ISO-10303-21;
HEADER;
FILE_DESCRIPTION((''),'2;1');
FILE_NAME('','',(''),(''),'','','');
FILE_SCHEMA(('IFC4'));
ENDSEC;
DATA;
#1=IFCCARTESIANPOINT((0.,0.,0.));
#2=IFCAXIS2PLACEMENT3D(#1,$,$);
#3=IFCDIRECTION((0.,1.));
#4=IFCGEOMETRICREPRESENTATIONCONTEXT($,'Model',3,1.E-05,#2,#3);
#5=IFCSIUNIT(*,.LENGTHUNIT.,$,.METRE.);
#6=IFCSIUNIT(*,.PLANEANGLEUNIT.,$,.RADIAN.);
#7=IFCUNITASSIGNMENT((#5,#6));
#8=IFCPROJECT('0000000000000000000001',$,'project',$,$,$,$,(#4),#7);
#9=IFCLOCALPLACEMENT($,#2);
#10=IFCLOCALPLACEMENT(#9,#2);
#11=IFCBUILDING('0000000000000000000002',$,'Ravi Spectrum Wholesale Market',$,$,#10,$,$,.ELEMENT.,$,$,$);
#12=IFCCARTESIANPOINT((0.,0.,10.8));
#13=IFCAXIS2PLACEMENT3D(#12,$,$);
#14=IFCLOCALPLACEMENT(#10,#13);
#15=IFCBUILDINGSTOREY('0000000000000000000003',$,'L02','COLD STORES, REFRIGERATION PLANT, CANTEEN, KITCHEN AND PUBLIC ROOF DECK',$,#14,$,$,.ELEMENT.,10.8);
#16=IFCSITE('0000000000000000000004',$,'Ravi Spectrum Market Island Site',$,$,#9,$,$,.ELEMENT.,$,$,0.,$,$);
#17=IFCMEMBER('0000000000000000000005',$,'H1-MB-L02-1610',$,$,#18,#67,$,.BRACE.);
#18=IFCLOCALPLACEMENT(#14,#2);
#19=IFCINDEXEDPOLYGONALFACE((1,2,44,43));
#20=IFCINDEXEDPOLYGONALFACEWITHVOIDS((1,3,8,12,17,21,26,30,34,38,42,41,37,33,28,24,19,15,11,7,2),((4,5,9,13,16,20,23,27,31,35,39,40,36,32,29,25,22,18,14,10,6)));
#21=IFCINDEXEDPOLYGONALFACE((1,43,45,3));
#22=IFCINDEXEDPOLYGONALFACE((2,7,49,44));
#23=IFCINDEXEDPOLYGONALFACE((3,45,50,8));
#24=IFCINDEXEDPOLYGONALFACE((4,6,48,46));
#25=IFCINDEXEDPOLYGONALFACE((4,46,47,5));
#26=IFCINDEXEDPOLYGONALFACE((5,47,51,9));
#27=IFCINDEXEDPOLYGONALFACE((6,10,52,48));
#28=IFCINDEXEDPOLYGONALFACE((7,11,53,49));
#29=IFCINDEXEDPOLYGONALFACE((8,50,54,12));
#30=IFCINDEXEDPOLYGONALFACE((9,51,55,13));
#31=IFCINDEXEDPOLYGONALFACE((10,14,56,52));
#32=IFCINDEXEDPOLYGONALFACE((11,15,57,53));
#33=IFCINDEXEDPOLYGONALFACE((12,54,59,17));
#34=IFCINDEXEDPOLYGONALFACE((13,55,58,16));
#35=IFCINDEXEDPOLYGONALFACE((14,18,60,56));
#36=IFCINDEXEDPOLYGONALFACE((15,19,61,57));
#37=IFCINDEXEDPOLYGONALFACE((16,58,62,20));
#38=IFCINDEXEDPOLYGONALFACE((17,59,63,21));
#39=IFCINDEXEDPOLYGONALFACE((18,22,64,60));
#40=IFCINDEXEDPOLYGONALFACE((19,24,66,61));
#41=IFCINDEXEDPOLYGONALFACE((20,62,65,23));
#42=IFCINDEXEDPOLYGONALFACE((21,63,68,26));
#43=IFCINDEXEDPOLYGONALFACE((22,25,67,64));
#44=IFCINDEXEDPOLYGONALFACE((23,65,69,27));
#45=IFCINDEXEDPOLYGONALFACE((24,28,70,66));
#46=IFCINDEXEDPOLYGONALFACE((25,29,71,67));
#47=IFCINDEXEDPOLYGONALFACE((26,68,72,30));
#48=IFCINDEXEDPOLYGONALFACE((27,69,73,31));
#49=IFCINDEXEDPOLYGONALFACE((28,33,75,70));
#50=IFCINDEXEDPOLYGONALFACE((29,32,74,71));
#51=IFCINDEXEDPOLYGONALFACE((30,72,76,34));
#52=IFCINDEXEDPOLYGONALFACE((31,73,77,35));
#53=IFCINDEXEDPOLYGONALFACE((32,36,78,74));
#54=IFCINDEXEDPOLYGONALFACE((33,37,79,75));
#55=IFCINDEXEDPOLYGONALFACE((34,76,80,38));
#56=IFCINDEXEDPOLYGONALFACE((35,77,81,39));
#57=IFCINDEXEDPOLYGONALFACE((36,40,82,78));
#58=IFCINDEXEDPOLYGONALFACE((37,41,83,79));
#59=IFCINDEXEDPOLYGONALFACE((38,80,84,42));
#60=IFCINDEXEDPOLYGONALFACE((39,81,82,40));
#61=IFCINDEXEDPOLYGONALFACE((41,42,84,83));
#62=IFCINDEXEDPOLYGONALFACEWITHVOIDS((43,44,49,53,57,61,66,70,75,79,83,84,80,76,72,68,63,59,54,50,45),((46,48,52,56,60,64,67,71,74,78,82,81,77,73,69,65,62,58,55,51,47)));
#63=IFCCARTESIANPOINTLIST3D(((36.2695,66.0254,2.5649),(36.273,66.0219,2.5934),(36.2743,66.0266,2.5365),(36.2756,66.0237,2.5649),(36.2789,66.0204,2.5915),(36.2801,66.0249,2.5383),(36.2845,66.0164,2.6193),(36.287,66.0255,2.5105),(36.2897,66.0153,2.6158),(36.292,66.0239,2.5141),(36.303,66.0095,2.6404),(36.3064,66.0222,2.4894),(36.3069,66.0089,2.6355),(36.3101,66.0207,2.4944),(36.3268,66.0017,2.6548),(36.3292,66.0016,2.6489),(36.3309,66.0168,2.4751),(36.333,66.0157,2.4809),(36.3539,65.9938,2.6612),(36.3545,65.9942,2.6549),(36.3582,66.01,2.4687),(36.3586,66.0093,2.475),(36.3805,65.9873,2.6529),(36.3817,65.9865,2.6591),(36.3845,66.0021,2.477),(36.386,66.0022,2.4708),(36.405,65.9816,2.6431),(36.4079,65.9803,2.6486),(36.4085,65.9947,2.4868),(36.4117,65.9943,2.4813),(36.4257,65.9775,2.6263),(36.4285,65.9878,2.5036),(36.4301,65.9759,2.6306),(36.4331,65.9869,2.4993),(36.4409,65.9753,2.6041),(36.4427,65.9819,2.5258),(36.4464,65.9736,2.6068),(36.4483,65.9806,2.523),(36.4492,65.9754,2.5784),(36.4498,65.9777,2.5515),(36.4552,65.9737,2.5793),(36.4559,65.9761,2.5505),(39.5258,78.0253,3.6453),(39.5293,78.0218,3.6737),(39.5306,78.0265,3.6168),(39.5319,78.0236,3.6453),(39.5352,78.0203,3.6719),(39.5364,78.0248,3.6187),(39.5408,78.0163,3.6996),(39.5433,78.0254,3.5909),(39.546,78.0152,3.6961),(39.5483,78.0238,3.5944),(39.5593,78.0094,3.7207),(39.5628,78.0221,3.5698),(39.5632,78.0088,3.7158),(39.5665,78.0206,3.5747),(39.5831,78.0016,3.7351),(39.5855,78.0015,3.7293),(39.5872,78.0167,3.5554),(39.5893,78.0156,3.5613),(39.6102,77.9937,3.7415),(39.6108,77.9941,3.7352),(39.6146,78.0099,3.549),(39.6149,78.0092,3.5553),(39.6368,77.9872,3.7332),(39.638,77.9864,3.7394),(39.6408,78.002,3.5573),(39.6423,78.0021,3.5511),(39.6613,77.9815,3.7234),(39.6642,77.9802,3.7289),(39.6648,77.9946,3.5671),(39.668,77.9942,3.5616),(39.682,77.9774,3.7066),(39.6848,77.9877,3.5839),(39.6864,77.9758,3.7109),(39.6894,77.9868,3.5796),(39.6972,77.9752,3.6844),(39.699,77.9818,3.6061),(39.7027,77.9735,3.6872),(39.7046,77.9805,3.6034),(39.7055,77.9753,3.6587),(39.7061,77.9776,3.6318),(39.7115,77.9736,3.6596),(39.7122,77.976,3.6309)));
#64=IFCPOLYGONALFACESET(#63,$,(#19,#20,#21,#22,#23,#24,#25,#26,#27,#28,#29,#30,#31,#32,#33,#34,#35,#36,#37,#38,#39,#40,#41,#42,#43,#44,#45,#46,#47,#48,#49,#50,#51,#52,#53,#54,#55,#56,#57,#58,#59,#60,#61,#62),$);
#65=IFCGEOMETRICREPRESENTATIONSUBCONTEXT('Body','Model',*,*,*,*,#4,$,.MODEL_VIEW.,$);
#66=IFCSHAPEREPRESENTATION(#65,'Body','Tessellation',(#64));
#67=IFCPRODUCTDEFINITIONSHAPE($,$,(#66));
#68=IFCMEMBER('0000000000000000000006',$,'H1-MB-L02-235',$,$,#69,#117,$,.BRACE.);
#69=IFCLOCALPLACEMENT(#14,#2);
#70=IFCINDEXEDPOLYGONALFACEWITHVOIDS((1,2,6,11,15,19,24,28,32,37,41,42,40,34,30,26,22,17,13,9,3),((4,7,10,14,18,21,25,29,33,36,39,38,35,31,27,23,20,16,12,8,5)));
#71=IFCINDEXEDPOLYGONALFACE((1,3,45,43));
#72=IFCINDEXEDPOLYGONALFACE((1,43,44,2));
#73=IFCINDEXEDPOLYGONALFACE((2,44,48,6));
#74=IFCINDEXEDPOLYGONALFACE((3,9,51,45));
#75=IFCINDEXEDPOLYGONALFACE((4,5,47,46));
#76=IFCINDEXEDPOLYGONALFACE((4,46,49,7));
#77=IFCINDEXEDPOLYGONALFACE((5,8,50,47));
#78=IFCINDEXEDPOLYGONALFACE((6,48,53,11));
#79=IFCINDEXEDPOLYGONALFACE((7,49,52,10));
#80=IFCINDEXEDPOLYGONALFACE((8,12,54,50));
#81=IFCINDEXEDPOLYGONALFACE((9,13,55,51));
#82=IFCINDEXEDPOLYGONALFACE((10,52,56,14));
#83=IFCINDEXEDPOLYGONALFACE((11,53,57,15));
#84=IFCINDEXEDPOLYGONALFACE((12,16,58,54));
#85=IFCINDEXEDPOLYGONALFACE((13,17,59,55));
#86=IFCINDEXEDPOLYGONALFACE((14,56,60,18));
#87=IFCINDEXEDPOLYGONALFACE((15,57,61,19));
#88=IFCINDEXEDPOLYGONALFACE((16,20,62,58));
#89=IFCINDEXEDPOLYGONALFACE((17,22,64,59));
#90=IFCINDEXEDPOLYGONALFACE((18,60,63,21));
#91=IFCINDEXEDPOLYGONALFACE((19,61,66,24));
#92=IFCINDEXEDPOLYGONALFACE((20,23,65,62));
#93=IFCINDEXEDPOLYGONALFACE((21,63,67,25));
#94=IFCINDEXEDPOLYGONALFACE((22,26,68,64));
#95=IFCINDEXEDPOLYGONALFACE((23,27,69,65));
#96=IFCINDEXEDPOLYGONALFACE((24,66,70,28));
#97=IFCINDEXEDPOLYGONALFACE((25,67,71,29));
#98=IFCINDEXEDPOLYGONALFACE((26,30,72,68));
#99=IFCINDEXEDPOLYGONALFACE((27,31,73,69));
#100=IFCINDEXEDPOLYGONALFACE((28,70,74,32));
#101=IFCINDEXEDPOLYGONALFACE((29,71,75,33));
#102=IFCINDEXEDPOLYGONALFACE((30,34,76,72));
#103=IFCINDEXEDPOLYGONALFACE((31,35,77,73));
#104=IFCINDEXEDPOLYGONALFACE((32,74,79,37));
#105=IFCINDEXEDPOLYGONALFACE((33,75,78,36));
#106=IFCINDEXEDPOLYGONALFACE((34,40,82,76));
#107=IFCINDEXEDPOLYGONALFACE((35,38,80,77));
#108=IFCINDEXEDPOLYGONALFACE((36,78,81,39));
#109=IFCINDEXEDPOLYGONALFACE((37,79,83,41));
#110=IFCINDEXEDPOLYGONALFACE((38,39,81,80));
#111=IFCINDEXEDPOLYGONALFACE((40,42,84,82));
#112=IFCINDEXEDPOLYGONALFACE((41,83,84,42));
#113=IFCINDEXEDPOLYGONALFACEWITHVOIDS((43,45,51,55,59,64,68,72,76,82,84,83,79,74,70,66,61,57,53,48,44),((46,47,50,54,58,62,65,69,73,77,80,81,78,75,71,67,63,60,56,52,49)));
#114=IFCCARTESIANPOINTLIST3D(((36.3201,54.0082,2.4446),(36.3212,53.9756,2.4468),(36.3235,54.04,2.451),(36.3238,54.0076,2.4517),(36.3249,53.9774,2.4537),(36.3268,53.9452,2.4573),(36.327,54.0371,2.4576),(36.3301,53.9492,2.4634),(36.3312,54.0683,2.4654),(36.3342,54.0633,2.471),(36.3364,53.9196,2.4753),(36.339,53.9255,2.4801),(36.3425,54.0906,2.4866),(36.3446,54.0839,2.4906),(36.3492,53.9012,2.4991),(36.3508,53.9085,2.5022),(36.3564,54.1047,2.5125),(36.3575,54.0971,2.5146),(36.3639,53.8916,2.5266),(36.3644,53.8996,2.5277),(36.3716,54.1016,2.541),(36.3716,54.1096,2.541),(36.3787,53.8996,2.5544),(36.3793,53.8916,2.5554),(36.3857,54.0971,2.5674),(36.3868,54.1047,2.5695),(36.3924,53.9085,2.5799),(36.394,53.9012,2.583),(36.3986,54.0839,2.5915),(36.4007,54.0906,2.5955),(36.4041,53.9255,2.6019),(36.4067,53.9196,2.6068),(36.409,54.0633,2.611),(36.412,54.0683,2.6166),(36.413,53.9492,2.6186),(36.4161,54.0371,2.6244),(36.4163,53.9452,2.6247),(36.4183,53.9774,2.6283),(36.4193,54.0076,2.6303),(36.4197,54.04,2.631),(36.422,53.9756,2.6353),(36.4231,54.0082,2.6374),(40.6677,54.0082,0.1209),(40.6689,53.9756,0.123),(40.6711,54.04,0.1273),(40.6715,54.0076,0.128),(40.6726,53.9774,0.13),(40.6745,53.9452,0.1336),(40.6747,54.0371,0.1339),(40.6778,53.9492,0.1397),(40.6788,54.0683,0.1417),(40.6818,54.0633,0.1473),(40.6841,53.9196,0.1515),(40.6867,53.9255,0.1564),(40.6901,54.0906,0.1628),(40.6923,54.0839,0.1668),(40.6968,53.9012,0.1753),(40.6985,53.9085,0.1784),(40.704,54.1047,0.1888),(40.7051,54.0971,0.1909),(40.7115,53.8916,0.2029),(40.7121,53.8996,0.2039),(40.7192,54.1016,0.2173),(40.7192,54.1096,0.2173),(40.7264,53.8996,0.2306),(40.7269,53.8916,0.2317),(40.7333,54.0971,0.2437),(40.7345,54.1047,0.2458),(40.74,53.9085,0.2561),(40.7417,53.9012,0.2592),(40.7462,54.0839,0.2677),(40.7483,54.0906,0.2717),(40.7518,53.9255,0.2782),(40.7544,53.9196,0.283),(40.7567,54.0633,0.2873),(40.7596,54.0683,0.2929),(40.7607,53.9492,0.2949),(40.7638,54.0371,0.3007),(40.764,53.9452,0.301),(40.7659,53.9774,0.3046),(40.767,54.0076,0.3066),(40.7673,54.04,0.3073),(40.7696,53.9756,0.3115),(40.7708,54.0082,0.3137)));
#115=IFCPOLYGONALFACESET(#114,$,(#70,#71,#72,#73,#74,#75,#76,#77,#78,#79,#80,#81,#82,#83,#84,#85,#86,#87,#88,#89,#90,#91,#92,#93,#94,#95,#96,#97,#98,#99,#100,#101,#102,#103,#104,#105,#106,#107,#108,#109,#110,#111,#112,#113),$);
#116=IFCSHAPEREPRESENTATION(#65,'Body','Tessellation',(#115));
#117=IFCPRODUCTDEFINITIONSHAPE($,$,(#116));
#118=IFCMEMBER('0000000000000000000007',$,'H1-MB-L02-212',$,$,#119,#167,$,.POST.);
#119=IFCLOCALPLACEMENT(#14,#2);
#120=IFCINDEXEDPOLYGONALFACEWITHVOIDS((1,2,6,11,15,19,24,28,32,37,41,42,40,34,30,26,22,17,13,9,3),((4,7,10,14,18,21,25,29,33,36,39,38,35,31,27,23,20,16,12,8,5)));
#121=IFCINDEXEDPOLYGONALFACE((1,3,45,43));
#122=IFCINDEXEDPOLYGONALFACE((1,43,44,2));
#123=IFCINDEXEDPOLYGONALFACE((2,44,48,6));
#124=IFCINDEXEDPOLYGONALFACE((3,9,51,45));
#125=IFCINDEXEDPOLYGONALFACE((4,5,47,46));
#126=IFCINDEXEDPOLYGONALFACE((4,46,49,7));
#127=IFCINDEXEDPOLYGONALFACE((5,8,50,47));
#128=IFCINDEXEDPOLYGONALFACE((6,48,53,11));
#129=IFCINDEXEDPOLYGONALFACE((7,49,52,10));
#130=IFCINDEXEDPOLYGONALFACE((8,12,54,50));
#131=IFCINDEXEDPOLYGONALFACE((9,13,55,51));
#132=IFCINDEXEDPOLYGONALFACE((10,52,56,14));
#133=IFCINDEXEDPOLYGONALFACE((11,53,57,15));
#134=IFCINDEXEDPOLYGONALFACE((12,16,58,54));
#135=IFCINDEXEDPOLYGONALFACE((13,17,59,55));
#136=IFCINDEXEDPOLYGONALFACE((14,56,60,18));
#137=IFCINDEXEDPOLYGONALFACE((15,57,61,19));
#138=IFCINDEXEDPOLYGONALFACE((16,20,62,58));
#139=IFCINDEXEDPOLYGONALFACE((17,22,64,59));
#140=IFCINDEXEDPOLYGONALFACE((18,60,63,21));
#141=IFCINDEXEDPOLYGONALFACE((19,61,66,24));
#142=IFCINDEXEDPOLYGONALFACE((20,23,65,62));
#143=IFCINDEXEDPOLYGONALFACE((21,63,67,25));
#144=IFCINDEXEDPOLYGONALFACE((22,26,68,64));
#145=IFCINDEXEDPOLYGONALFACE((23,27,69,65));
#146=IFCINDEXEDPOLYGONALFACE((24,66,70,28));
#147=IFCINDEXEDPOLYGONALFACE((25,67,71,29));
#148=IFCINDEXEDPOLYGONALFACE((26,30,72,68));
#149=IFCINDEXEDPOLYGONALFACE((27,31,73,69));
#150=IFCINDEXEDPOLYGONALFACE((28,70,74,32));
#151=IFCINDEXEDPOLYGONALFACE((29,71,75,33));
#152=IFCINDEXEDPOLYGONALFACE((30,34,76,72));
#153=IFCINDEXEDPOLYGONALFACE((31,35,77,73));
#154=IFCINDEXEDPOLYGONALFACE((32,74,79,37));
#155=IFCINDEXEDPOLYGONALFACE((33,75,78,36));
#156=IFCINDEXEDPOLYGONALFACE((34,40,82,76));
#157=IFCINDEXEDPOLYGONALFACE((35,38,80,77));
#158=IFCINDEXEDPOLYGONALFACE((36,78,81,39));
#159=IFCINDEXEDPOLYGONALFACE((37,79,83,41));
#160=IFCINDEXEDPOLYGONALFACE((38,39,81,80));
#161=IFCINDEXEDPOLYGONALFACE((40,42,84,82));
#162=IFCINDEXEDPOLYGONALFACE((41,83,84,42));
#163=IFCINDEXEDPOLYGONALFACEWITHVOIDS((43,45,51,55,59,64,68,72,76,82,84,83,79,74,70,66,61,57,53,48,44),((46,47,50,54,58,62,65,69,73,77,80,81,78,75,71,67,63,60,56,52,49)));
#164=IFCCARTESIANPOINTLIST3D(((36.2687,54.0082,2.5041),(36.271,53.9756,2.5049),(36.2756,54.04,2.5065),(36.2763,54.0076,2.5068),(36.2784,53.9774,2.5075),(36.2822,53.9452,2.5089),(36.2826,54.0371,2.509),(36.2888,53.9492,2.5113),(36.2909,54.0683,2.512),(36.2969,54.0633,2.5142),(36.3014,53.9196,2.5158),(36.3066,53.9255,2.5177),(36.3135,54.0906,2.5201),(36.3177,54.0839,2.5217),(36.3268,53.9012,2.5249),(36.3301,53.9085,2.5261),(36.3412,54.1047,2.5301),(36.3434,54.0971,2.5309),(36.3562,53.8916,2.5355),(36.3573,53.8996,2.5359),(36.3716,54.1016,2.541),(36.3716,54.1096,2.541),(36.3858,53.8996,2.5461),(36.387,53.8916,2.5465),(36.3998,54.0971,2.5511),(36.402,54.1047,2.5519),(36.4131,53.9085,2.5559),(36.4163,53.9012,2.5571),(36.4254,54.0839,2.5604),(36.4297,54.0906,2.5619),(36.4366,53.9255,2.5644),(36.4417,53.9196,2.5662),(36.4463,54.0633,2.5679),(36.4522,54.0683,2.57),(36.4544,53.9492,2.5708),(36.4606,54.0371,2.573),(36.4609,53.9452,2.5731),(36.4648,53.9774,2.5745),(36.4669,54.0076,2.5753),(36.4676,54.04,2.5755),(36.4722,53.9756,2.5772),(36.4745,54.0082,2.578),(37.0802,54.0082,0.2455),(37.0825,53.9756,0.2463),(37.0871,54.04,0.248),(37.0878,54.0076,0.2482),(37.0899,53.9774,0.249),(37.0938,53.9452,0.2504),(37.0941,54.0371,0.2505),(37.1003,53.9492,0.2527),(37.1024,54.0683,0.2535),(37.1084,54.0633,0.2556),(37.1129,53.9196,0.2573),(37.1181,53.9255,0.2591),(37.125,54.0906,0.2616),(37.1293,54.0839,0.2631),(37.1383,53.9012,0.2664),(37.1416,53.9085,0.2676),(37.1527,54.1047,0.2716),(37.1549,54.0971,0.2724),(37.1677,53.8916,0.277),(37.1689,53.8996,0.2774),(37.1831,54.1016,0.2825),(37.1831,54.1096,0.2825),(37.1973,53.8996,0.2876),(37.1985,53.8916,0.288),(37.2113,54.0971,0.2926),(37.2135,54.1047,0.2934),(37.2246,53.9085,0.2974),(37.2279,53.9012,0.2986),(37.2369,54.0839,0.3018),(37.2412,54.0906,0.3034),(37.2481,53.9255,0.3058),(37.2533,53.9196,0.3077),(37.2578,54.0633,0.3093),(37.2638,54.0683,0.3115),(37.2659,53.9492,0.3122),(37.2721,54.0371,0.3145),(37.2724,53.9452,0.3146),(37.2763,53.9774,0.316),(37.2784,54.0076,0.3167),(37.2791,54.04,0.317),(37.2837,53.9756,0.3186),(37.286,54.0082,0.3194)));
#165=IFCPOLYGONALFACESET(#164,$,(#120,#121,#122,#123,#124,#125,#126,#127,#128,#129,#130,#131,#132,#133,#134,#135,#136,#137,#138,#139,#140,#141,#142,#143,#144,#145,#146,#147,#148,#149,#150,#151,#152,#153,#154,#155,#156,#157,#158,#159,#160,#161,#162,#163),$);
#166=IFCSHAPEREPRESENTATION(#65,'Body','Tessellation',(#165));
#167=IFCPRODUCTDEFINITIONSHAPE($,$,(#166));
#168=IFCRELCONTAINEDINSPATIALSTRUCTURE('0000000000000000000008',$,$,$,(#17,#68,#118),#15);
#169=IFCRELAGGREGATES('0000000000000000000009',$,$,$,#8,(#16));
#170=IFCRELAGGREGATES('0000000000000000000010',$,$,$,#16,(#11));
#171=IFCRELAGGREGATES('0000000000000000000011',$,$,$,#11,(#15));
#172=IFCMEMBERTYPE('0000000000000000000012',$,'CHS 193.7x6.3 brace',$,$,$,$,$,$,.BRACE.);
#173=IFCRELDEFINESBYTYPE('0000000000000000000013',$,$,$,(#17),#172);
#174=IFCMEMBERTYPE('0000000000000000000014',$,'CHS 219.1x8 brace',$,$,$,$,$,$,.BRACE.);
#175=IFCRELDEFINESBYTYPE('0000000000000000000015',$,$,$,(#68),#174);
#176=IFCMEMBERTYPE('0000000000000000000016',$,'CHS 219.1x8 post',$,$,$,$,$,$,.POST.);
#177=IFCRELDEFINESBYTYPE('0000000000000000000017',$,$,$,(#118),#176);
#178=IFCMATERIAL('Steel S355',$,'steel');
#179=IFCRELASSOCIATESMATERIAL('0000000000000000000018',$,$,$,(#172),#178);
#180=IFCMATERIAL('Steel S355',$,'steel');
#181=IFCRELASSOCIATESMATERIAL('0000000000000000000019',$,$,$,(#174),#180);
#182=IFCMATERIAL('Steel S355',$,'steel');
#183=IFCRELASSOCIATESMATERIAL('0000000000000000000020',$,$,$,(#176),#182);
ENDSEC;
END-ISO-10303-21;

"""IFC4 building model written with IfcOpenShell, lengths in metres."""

from ifc_helpers import new_model, si_unit, direction, frame, origin, origin_2d, place, context, subcontext, project, spatial, hollow_circle, extrude, material, material_profile, profile_set, type_object, element, save


model = new_model("IFC4")

# Units and contexts
model_context = context("Model", 3, precision=1e-05, world=origin(), true_north=direction((0.0, 1.0)))
body_context = subcontext(model_context, "Body", "Model", "MODEL_VIEW")
ifc_project = project(units=[si_unit("LENGTHUNIT", "METRE"), si_unit("PLANEANGLEUNIT", "RADIAN")], contexts=[model_context])

# Site, building, storey
site_placement = place(None, origin())
site = spatial("IfcSite", under=ifc_project, at=site_placement, Name="Ravi Spectrum Market Island Site", CompositionType="ELEMENT", RefElevation=0.0)
building_placement = place(site_placement, origin())
building = spatial("IfcBuilding", under=site, at=building_placement, Name="Ravi Spectrum Wholesale Market", CompositionType="ELEMENT")
storey_placement = place(building_placement, frame((0.0, 0.0, 10.8)))
storey = spatial("IfcBuildingStorey", under=building, at=storey_placement, Name="L02", Description="COLD STORES, REFRIGERATION PLANT, CANTEEN, KITCHEN AND PUBLIC ROOF DECK", CompositionType="ELEMENT", Elevation=10.8)

# Members
ifc_material_1 = material(Name="Steel S355", Category="steel")
ifc_material_profile_1 = material_profile(ifc_material_1, hollow_circle(Radius=0.0969, WallThickness=0.0063, at=origin_2d()))
ifc_profile_set_1 = profile_set([ifc_material_profile_1], Name="Steel S355")
member_type_1 = type_object("IfcMemberType", Name="CHS 193.7x6.3 brace", PredefinedType="BRACE", material=ifc_profile_set_1)
for number, where, z_axis, x_axis, name in (
    (1, (36.363, 66.0, 2.5649), (0.260908, 0.961475, 0.086559), (-0.965097, 0.261891, 0.0), "H1-MB-L02-1610"),
):
    element("IfcMember", number, at=place(storey_placement, frame(where, z_axis=z_axis, x_axis=x_axis)), inside=storey, type_object=member_type_1, Name=name, PredefinedType="BRACE", context=body_context, shape_type="SweptSolid", body=[
        extrude(hollow_circle(Radius=0.0969, WallThickness=0.0063, at=origin_2d()), origin(), (0.0, 0.0, 1.0), 12.4807),
    ])
ifc_material_2 = material(Name="Steel S355", Category="steel")
ifc_material_profile_2 = material_profile(ifc_material_2, hollow_circle(Radius=0.1096, WallThickness=0.0081, at=origin_2d()))
ifc_profile_set_2 = profile_set([ifc_material_profile_2], Name="Steel S355")
member_type_2 = type_object("IfcMemberType", Name="CHS 219.1x8 brace", PredefinedType="BRACE", material=ifc_profile_set_2)
member_1_placement = place(storey_placement, frame((36.3716, 54.0, 2.541), z_axis=(0.881933, 0.0, -0.471375), x_axis=(0.0, 1.0, 0.0)))
element("IfcMember", 2, at=member_1_placement, inside=storey, type_object=member_type_2, Name="H1-MB-L02-235", PredefinedType="BRACE", context=body_context, shape_type="SweptSolid", body=[
    extrude(hollow_circle(Radius=0.1096, WallThickness=0.0081, at=origin_2d()), origin(), (0.0, 0.0, 1.0), 4.9297),
])
ifc_material_3 = material(Name="Steel S355", Category="steel")
ifc_material_profile_3 = material_profile(ifc_material_3, hollow_circle(Radius=0.1096, WallThickness=0.0081, at=origin_2d()))
ifc_profile_set_3 = profile_set([ifc_material_profile_3], Name="Steel S355")
member_type_3 = type_object("IfcMemberType", Name="CHS 219.1x8 post", PredefinedType="POST", material=ifc_profile_set_3)
member_2_placement = place(storey_placement, frame((36.3716, 54.0, 2.541), z_axis=(0.338147, 0.0, -0.941093), x_axis=(0.0, 1.0, 0.0)))
element("IfcMember", 3, at=member_2_placement, inside=storey, type_object=member_type_3, Name="H1-MB-L02-212", PredefinedType="POST", context=body_context, shape_type="SweptSolid", body=[
    extrude(hollow_circle(Radius=0.1096, WallThickness=0.0081, at=origin_2d()), origin(), (0.0, 0.0, 1.0), 2.3999),
])

save(model, "model.ifc")
